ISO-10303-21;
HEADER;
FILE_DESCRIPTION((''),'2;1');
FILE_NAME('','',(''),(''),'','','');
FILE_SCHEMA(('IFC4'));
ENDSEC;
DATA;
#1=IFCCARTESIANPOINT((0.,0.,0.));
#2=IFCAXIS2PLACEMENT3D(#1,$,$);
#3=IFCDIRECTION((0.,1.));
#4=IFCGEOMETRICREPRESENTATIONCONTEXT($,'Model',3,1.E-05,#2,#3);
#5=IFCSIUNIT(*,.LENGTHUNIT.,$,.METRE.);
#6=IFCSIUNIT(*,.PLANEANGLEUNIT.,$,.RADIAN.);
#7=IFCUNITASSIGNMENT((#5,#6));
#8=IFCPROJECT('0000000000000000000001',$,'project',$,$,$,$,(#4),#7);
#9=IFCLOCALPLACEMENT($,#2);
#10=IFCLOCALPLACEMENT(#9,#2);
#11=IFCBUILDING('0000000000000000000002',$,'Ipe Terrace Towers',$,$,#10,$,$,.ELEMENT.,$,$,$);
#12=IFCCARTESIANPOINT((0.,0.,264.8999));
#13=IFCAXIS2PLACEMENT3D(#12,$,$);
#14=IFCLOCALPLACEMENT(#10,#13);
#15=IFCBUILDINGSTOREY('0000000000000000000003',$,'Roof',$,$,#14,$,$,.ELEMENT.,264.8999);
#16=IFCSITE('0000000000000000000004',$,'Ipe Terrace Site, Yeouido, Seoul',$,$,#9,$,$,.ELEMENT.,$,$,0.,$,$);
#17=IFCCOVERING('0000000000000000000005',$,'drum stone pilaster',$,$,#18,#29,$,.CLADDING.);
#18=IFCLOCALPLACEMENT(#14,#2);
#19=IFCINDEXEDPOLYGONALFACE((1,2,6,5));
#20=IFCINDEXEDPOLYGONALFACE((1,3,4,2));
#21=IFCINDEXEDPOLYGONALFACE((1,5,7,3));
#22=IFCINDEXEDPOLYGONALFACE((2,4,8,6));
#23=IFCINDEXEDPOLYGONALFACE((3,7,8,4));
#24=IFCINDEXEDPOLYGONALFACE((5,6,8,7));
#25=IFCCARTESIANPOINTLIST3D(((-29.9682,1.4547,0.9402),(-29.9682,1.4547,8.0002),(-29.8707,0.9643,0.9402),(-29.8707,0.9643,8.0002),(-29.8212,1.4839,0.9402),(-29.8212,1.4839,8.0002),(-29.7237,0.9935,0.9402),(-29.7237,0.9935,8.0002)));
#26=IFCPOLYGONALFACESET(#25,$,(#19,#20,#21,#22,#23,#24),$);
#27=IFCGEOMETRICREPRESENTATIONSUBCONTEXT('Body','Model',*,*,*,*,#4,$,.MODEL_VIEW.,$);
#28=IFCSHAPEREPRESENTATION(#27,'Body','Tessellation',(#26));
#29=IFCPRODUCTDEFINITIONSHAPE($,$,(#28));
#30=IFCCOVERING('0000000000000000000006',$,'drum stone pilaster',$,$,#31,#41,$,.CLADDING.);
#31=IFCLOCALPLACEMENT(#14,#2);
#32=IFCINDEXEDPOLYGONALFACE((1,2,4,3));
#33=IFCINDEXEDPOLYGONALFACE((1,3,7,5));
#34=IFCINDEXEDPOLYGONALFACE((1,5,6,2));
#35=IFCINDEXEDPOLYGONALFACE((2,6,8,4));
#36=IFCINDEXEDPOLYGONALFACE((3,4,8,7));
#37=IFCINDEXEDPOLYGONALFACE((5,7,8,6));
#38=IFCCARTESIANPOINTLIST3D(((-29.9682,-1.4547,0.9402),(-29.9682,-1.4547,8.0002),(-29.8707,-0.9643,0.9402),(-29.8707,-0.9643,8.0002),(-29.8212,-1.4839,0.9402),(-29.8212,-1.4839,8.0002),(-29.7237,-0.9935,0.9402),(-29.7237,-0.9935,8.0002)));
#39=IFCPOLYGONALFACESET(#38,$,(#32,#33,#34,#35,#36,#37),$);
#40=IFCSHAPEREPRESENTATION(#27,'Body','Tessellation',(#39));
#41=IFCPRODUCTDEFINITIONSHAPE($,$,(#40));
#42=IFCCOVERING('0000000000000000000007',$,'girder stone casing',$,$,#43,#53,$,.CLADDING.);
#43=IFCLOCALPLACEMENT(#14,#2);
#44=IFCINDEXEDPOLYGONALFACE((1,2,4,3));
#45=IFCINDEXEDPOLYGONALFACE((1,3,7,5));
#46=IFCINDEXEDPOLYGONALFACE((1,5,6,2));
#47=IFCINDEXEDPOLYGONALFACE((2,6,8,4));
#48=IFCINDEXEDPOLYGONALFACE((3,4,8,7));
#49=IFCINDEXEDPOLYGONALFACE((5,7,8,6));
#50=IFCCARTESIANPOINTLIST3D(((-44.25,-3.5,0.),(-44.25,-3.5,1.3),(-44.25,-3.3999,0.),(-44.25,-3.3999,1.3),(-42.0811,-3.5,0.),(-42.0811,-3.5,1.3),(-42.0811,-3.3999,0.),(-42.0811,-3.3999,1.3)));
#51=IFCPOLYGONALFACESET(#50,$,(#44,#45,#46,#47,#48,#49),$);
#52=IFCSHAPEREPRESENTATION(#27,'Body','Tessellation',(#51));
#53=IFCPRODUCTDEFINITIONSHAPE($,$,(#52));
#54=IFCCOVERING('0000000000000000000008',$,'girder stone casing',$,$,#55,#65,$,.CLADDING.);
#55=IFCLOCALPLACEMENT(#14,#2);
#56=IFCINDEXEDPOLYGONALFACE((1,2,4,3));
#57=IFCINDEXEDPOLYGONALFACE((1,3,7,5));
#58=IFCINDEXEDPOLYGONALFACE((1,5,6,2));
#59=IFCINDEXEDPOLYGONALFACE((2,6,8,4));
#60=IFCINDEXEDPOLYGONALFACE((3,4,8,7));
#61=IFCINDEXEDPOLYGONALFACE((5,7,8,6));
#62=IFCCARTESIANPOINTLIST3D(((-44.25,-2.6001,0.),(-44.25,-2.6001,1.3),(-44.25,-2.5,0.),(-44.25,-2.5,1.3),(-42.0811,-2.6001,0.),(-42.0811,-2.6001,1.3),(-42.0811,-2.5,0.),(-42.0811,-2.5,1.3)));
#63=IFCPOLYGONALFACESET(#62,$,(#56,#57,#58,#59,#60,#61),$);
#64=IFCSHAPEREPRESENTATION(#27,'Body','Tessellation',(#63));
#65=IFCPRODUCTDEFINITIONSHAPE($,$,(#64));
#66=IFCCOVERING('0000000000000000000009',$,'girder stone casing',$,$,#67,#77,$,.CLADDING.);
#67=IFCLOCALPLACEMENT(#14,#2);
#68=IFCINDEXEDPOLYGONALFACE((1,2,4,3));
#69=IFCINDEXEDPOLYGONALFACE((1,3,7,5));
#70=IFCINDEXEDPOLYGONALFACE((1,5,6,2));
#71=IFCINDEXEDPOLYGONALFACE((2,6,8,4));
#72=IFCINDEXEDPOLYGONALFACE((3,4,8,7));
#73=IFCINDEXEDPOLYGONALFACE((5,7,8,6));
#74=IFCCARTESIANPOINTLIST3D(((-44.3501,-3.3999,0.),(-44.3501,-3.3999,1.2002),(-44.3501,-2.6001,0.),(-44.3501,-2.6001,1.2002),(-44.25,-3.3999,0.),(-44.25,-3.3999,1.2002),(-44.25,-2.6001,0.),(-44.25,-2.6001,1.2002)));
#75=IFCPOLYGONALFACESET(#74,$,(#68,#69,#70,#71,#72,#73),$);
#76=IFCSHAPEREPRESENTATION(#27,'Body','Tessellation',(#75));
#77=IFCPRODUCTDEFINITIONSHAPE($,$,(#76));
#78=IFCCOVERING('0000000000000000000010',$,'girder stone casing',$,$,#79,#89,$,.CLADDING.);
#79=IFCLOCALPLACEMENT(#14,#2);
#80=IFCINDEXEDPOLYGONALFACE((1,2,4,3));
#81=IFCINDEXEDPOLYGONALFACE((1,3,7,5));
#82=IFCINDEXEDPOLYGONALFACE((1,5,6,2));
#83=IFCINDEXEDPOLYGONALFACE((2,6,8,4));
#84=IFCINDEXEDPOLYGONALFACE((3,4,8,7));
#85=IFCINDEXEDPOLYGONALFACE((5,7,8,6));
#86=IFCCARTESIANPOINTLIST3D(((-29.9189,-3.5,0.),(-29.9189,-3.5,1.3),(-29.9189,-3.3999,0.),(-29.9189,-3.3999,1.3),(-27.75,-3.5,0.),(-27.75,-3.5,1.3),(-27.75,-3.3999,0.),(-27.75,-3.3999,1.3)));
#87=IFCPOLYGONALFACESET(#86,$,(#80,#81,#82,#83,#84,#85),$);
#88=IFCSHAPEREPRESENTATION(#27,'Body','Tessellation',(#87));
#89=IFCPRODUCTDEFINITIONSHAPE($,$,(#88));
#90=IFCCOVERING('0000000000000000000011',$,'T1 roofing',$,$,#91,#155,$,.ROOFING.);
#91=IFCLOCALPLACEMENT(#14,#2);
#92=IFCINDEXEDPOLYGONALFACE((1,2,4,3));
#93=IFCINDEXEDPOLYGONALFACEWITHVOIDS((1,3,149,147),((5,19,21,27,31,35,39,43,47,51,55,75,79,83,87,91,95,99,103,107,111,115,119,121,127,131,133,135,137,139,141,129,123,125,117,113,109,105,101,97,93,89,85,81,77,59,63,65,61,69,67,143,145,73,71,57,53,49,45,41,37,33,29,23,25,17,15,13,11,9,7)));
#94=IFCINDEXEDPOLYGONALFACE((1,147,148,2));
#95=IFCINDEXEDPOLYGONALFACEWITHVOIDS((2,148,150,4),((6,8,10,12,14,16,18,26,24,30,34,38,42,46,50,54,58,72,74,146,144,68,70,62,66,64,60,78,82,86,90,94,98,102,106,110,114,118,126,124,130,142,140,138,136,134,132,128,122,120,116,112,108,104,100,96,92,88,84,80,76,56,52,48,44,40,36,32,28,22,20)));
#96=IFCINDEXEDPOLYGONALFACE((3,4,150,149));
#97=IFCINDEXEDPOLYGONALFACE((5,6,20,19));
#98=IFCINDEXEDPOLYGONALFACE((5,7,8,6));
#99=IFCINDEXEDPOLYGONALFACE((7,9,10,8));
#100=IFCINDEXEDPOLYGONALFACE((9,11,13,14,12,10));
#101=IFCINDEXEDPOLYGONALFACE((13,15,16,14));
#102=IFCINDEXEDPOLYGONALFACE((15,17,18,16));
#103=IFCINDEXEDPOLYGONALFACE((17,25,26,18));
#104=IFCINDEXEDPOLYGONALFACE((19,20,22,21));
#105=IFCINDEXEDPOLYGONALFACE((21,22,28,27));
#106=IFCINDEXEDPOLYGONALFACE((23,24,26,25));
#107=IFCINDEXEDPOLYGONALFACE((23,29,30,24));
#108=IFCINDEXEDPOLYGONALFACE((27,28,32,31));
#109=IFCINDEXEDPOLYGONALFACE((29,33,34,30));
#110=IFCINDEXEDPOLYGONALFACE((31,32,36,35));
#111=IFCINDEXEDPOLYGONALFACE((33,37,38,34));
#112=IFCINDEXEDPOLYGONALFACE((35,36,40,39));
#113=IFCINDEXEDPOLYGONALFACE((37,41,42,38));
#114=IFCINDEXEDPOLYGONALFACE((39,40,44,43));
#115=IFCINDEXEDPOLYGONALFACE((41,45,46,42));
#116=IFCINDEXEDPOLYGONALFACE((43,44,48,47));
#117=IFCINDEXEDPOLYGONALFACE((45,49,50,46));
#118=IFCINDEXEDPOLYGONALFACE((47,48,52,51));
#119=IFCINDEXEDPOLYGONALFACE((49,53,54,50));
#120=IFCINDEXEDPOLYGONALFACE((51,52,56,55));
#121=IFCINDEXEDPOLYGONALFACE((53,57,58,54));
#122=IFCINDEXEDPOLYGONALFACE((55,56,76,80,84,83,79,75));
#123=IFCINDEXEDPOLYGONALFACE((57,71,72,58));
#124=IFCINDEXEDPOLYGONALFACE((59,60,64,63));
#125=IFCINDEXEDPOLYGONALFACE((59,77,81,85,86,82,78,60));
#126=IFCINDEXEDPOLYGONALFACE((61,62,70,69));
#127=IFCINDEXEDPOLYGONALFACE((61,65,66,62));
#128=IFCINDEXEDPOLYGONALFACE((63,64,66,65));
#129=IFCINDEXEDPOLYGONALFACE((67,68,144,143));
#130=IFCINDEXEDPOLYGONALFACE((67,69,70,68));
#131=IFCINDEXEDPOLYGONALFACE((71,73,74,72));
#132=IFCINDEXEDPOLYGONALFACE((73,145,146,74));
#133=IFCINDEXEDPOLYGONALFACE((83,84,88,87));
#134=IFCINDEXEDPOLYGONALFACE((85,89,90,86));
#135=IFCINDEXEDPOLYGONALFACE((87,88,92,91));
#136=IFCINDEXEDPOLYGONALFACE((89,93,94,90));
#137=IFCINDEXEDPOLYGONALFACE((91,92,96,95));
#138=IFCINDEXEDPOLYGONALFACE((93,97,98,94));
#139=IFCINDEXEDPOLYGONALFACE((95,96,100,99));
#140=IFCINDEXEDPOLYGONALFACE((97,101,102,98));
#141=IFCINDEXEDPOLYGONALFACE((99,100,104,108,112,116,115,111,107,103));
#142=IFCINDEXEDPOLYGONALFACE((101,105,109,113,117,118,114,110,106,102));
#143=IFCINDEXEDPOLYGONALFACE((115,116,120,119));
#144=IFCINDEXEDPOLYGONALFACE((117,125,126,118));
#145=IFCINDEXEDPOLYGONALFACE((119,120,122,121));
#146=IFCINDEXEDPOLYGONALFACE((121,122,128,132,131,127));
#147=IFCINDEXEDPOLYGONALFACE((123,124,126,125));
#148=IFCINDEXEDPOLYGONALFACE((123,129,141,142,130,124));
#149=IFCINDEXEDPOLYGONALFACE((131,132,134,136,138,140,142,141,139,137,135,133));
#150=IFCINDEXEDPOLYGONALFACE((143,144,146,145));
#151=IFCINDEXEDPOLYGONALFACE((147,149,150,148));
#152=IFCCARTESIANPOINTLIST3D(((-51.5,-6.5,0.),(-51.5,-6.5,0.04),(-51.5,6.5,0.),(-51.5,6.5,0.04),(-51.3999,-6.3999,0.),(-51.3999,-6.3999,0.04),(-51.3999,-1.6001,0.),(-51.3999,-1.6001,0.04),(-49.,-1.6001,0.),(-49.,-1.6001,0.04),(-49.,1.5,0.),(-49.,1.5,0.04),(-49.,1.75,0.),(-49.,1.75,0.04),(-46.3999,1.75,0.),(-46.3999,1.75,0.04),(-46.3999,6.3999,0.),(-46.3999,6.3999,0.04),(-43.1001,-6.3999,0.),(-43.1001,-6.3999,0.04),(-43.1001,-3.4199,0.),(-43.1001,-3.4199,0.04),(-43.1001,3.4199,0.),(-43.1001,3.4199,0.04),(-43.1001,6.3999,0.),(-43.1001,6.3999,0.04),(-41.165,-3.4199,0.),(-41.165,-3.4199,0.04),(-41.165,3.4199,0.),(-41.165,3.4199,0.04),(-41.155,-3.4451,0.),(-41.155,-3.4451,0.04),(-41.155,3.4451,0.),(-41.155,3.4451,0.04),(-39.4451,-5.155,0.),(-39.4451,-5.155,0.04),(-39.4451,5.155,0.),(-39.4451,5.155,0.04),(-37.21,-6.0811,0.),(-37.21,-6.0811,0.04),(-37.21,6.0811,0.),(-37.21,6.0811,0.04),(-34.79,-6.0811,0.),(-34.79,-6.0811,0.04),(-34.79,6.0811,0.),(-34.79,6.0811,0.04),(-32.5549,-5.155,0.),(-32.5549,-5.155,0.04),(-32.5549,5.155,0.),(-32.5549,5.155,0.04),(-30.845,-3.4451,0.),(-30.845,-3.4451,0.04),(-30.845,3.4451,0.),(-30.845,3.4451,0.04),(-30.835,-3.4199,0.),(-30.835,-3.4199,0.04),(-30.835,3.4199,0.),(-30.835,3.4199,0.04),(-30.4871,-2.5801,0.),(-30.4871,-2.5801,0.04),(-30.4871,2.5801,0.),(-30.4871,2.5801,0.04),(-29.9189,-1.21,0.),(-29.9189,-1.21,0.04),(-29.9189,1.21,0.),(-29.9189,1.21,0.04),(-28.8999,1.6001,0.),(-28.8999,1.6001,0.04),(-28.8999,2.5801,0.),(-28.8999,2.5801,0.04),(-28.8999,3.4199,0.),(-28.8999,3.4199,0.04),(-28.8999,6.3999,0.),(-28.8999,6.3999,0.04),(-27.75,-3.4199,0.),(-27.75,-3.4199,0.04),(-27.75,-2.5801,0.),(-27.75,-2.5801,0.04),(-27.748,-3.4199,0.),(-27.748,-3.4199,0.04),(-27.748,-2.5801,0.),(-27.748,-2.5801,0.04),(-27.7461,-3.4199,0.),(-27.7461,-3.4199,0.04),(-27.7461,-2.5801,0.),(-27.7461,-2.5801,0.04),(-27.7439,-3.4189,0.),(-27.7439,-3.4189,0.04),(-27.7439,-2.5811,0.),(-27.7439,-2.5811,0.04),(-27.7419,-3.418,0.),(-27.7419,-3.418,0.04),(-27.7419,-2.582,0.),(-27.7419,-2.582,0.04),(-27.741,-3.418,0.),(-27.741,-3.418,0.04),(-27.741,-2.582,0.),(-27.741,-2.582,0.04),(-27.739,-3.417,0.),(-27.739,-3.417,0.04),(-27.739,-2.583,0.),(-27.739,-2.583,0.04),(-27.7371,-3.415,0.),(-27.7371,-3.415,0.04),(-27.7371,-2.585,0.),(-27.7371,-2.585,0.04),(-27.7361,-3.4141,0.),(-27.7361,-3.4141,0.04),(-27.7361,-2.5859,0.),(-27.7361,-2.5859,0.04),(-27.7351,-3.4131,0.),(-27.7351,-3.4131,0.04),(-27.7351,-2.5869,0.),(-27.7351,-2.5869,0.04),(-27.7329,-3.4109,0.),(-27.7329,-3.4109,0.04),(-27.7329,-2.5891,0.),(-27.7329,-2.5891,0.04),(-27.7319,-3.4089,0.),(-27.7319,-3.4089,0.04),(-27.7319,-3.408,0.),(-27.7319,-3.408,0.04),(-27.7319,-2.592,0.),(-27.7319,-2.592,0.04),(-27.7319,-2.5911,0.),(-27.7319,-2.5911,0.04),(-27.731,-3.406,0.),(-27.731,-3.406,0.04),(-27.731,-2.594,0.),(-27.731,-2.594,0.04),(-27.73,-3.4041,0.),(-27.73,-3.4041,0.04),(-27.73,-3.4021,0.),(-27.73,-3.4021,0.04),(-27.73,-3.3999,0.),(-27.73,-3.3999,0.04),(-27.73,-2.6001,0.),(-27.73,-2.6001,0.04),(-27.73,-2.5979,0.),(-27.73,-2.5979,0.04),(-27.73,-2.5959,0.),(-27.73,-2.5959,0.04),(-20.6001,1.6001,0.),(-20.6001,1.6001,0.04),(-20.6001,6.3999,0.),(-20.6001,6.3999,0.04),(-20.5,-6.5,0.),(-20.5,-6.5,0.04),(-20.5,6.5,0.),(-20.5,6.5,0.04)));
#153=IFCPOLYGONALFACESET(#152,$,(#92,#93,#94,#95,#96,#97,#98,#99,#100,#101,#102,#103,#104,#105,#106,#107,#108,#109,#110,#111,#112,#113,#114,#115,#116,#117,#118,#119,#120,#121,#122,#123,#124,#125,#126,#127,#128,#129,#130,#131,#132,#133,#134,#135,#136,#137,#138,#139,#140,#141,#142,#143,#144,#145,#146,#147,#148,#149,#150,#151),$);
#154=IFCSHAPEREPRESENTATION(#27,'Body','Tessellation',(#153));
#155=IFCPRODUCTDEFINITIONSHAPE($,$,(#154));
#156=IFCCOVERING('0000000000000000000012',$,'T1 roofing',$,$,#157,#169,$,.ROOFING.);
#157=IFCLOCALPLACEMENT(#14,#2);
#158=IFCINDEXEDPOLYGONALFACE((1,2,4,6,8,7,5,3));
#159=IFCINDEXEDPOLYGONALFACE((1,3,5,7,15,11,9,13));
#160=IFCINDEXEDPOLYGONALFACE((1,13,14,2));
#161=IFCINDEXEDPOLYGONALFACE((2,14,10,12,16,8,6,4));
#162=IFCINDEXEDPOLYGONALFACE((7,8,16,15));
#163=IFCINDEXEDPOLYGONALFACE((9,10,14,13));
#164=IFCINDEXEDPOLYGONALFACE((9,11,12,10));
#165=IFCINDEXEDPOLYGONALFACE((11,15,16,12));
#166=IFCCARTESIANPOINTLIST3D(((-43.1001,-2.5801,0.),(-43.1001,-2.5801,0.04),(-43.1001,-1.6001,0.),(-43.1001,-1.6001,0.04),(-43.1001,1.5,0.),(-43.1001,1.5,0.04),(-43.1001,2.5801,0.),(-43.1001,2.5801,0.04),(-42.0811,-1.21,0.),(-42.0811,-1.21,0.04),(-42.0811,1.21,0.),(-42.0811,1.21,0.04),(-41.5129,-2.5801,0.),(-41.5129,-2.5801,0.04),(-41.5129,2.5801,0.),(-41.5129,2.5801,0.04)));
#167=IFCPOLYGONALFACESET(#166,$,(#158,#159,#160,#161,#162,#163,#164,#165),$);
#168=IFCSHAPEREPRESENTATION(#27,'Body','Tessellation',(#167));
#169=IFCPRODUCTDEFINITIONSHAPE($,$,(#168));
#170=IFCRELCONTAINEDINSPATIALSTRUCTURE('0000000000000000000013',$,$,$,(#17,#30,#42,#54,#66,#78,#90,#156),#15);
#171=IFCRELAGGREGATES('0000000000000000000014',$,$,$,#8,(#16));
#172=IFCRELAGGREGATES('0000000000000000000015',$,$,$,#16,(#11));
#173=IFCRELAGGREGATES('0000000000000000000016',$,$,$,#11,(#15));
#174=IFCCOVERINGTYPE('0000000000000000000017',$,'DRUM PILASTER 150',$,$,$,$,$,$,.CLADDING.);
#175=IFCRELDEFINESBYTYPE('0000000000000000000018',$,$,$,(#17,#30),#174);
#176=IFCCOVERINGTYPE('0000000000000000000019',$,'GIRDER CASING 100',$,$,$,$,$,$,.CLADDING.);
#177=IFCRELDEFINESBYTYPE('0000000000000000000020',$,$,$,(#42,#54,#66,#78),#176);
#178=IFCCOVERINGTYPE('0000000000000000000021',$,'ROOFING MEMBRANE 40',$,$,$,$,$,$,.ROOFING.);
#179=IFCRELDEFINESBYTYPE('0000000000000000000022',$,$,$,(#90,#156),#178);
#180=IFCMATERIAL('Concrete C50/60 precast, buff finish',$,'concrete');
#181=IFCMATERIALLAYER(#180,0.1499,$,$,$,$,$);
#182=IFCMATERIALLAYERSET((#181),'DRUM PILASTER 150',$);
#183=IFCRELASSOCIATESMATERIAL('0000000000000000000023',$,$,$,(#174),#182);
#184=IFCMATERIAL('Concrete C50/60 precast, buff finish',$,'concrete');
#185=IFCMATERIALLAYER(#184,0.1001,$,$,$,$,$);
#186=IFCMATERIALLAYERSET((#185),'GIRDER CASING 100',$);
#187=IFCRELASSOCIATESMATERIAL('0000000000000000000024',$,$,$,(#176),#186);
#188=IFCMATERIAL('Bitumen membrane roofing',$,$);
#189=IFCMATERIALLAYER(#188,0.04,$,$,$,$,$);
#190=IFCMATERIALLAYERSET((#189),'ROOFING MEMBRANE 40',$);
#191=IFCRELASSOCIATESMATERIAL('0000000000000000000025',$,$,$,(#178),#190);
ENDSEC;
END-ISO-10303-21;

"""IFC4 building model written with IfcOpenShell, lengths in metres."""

from ifc_helpers import new_model, si_unit, direction, frame, origin, origin_2d, place, context, subcontext, project, spatial, polyline, rectangle, outline, extrude, material, layer, layer_set, type_object, element, save


model = new_model("IFC4")

# Units and contexts
model_context = context("Model", 3, precision=1e-05, world=origin(), true_north=direction((0.0, 1.0)))
body_context = subcontext(model_context, "Body", "Model", "MODEL_VIEW")
ifc_project = project(units=[si_unit("LENGTHUNIT", "METRE"), si_unit("PLANEANGLEUNIT", "RADIAN")], contexts=[model_context])

# Site, building, storey
site_placement = place(None, origin())
site = spatial("IfcSite", under=ifc_project, at=site_placement, Name="Ipe Terrace Site, Yeouido, Seoul", CompositionType="ELEMENT", RefElevation=0.0)
building_placement = place(site_placement, origin())
building = spatial("IfcBuilding", under=site, at=building_placement, Name="Ipe Terrace Towers", CompositionType="ELEMENT")
storey_placement = place(building_placement, frame((0.0, 0.0, 264.8999)))
storey = spatial("IfcBuildingStorey", under=building, at=storey_placement, Name="Roof", CompositionType="ELEMENT", Elevation=264.8999)

# Coverings
ifc_material_1 = material(Name="Concrete C50/60 precast, buff finish", Category="concrete")
ifc_layer_1 = layer(ifc_material_1, 0.1499)
ifc_layer_set_1 = layer_set([ifc_layer_1], Name="DRUM PILASTER 150")
covering_type_1 = type_object("IfcCoveringType", Name="DRUM PILASTER 150", PredefinedType="CLADDING", material=ifc_layer_set_1)
for number, where, z_axis, x_axis, name in (
    (1, (-29.8459, 1.2241, 0.9402), (0.0, 0.0, 1.0), (0.980785, 0.19509, 0.0), "drum stone pilaster"),
    (2, (-29.8459, -1.2241, 0.9402), (0.0, 0.0, 1.0), (0.980785, -0.19509, 0.0), "drum stone pilaster"),
):
    element("IfcCovering", number, at=place(storey_placement, frame(where, z_axis=z_axis, x_axis=x_axis)), inside=storey, type_object=covering_type_1, Name=name, PredefinedType="CLADDING", context=body_context, shape_type="SweptSolid", body=[
        extrude(rectangle(XDim=0.1499, YDim=0.5, at=origin_2d()), origin(), (0.0, 0.0, 1.0), 7.0601),
    ])
ifc_material_2 = material(Name="Concrete C50/60 precast, buff finish", Category="concrete")
ifc_layer_2 = layer(ifc_material_2, 0.1001)
ifc_layer_set_2 = layer_set([ifc_layer_2], Name="GIRDER CASING 100")
covering_type_2 = type_object("IfcCoveringType", Name="GIRDER CASING 100", PredefinedType="CLADDING", material=ifc_layer_set_2)
covering_1_placement = place(storey_placement, origin())
element("IfcCovering", 3, at=covering_1_placement, inside=storey, type_object=covering_type_2, Name="girder stone casing", PredefinedType="CLADDING", context=body_context, shape_type="SweptSolid", body=[
    extrude(outline(polyline([(-44.25, -3.5), (-42.0811, -3.5), (-42.0811, -3.3999), (-44.25, -3.3999), (-44.25, -3.5)])), origin(), (0.0, 0.0, 1.0), 1.3),
])
covering_2_placement = place(storey_placement, origin())
element("IfcCovering", 4, at=covering_2_placement, inside=storey, type_object=covering_type_2, Name="girder stone casing", PredefinedType="CLADDING", context=body_context, shape_type="SweptSolid", body=[
    extrude(outline(polyline([(-44.25, -2.6001), (-42.0811, -2.6001), (-42.0811, -2.5), (-44.25, -2.5), (-44.25, -2.6001)])), origin(), (0.0, 0.0, 1.0), 1.3),
])
covering_3_placement = place(storey_placement, origin())
element("IfcCovering", 5, at=covering_3_placement, inside=storey, type_object=covering_type_2, Name="girder stone casing", PredefinedType="CLADDING", context=body_context, shape_type="SweptSolid", body=[
    extrude(outline(polyline([(-44.3501, -3.3999), (-44.25, -3.3999), (-44.25, -2.6001), (-44.3501, -2.6001), (-44.3501, -3.3999)])), origin(), (0.0, 0.0, 1.0), 1.2002),
])
covering_4_placement = place(storey_placement, origin())
element("IfcCovering", 6, at=covering_4_placement, inside=storey, type_object=covering_type_2, Name="girder stone casing", PredefinedType="CLADDING", context=body_context, shape_type="SweptSolid", body=[
    extrude(outline(polyline([(-29.9189, -3.5), (-27.75, -3.5), (-27.75, -3.3999), (-29.9189, -3.3999), (-29.9189, -3.5)])), origin(), (0.0, 0.0, 1.0), 1.3),
])
ifc_material_3 = material(Name="Bitumen membrane roofing")
ifc_layer_3 = layer(ifc_material_3, 0.04)
ifc_layer_set_3 = layer_set([ifc_layer_3], Name="ROOFING MEMBRANE 40")
covering_type_3 = type_object("IfcCoveringType", Name="ROOFING MEMBRANE 40", PredefinedType="ROOFING", material=ifc_layer_set_3)
covering_5_placement = place(storey_placement, origin())
element("IfcCovering", 7, at=covering_5_placement, inside=storey, type_object=covering_type_3, Name="T1 roofing", PredefinedType="ROOFING", context=body_context, shape_type="SweptSolid", body=[
    extrude(outline(polyline([(-20.5, -6.5), (-51.5, -6.5), (-51.5, 6.5), (-20.5, 6.5), (-20.5, -6.5)]), holes=[polyline([(-34.79, 6.0811), (-37.21, 6.0811), (-39.4451, 5.155), (-41.155, 3.4451), (-41.165, 3.4199), (-43.1001, 3.4199), (-43.1001, 6.3999), (-46.3999, 6.3999), (-46.3999, 1.75), (-49.0, 1.75), (-49.0, 1.5), (-49.0, -1.6001), (-51.3999, -1.6001), (-51.3999, -6.3999), (-43.1001, -6.3999), (-43.1001, -3.4199), (-41.165, -3.4199), (-41.155, -3.4451), (-39.4451, -5.155), (-37.21, -6.0811), (-34.79, -6.0811), (-32.5549, -5.155), (-30.845, -3.4451), (-30.835, -3.4199), (-27.75, -3.4199), (-27.748, -3.4199), (-27.7461, -3.4199), (-27.7439, -3.4189), (-27.7419, -3.418), (-27.741, -3.418), (-27.739, -3.417), (-27.7371, -3.415), (-27.7361, -3.4141), (-27.7351, -3.4131), (-27.7329, -3.4109), (-27.7319, -3.4089), (-27.7319, -3.408), (-27.731, -3.406), (-27.73, -3.4041), (-27.73, -3.4021), (-27.73, -3.3999), (-27.73, -2.6001), (-27.73, -2.5979), (-27.73, -2.5959), (-27.731, -2.594), (-27.7319, -2.592), (-27.7319, -2.5911), (-27.7329, -2.5891), (-27.7351, -2.5869), (-27.7361, -2.5859), (-27.7371, -2.585), (-27.739, -2.583), (-27.741, -2.582), (-27.7419, -2.582), (-27.7439, -2.5811), (-27.7461, -2.5801), (-27.748, -2.5801), (-27.75, -2.5801), (-30.4871, -2.5801), (-29.9189, -1.21), (-29.9189, 1.21), (-30.4871, 2.5801), (-28.8999, 2.5801), (-28.8999, 1.6001), (-20.6001, 1.6001), (-20.6001, 6.3999), (-28.8999, 6.3999), (-28.8999, 3.4199), (-30.835, 3.4199), (-30.845, 3.4451), (-32.5549, 5.155), (-34.79, 6.0811)])]), origin(), (0.0, 0.0, 1.0), 0.04),
])
covering_6_placement = place(storey_placement, origin())
element("IfcCovering", 8, at=covering_6_placement, inside=storey, type_object=covering_type_3, Name="T1 roofing", PredefinedType="ROOFING", context=body_context, shape_type="SweptSolid", body=[
    extrude(outline(polyline([(-41.5129, 2.5801), (-42.0811, 1.21), (-42.0811, -1.21), (-41.5129, -2.5801), (-43.1001, -2.5801), (-43.1001, -1.6001), (-43.1001, 1.5), (-43.1001, 2.5801), (-41.5129, 2.5801)])), origin(), (0.0, 0.0, 1.0), 0.04),
])

save(model, "model.ifc")
